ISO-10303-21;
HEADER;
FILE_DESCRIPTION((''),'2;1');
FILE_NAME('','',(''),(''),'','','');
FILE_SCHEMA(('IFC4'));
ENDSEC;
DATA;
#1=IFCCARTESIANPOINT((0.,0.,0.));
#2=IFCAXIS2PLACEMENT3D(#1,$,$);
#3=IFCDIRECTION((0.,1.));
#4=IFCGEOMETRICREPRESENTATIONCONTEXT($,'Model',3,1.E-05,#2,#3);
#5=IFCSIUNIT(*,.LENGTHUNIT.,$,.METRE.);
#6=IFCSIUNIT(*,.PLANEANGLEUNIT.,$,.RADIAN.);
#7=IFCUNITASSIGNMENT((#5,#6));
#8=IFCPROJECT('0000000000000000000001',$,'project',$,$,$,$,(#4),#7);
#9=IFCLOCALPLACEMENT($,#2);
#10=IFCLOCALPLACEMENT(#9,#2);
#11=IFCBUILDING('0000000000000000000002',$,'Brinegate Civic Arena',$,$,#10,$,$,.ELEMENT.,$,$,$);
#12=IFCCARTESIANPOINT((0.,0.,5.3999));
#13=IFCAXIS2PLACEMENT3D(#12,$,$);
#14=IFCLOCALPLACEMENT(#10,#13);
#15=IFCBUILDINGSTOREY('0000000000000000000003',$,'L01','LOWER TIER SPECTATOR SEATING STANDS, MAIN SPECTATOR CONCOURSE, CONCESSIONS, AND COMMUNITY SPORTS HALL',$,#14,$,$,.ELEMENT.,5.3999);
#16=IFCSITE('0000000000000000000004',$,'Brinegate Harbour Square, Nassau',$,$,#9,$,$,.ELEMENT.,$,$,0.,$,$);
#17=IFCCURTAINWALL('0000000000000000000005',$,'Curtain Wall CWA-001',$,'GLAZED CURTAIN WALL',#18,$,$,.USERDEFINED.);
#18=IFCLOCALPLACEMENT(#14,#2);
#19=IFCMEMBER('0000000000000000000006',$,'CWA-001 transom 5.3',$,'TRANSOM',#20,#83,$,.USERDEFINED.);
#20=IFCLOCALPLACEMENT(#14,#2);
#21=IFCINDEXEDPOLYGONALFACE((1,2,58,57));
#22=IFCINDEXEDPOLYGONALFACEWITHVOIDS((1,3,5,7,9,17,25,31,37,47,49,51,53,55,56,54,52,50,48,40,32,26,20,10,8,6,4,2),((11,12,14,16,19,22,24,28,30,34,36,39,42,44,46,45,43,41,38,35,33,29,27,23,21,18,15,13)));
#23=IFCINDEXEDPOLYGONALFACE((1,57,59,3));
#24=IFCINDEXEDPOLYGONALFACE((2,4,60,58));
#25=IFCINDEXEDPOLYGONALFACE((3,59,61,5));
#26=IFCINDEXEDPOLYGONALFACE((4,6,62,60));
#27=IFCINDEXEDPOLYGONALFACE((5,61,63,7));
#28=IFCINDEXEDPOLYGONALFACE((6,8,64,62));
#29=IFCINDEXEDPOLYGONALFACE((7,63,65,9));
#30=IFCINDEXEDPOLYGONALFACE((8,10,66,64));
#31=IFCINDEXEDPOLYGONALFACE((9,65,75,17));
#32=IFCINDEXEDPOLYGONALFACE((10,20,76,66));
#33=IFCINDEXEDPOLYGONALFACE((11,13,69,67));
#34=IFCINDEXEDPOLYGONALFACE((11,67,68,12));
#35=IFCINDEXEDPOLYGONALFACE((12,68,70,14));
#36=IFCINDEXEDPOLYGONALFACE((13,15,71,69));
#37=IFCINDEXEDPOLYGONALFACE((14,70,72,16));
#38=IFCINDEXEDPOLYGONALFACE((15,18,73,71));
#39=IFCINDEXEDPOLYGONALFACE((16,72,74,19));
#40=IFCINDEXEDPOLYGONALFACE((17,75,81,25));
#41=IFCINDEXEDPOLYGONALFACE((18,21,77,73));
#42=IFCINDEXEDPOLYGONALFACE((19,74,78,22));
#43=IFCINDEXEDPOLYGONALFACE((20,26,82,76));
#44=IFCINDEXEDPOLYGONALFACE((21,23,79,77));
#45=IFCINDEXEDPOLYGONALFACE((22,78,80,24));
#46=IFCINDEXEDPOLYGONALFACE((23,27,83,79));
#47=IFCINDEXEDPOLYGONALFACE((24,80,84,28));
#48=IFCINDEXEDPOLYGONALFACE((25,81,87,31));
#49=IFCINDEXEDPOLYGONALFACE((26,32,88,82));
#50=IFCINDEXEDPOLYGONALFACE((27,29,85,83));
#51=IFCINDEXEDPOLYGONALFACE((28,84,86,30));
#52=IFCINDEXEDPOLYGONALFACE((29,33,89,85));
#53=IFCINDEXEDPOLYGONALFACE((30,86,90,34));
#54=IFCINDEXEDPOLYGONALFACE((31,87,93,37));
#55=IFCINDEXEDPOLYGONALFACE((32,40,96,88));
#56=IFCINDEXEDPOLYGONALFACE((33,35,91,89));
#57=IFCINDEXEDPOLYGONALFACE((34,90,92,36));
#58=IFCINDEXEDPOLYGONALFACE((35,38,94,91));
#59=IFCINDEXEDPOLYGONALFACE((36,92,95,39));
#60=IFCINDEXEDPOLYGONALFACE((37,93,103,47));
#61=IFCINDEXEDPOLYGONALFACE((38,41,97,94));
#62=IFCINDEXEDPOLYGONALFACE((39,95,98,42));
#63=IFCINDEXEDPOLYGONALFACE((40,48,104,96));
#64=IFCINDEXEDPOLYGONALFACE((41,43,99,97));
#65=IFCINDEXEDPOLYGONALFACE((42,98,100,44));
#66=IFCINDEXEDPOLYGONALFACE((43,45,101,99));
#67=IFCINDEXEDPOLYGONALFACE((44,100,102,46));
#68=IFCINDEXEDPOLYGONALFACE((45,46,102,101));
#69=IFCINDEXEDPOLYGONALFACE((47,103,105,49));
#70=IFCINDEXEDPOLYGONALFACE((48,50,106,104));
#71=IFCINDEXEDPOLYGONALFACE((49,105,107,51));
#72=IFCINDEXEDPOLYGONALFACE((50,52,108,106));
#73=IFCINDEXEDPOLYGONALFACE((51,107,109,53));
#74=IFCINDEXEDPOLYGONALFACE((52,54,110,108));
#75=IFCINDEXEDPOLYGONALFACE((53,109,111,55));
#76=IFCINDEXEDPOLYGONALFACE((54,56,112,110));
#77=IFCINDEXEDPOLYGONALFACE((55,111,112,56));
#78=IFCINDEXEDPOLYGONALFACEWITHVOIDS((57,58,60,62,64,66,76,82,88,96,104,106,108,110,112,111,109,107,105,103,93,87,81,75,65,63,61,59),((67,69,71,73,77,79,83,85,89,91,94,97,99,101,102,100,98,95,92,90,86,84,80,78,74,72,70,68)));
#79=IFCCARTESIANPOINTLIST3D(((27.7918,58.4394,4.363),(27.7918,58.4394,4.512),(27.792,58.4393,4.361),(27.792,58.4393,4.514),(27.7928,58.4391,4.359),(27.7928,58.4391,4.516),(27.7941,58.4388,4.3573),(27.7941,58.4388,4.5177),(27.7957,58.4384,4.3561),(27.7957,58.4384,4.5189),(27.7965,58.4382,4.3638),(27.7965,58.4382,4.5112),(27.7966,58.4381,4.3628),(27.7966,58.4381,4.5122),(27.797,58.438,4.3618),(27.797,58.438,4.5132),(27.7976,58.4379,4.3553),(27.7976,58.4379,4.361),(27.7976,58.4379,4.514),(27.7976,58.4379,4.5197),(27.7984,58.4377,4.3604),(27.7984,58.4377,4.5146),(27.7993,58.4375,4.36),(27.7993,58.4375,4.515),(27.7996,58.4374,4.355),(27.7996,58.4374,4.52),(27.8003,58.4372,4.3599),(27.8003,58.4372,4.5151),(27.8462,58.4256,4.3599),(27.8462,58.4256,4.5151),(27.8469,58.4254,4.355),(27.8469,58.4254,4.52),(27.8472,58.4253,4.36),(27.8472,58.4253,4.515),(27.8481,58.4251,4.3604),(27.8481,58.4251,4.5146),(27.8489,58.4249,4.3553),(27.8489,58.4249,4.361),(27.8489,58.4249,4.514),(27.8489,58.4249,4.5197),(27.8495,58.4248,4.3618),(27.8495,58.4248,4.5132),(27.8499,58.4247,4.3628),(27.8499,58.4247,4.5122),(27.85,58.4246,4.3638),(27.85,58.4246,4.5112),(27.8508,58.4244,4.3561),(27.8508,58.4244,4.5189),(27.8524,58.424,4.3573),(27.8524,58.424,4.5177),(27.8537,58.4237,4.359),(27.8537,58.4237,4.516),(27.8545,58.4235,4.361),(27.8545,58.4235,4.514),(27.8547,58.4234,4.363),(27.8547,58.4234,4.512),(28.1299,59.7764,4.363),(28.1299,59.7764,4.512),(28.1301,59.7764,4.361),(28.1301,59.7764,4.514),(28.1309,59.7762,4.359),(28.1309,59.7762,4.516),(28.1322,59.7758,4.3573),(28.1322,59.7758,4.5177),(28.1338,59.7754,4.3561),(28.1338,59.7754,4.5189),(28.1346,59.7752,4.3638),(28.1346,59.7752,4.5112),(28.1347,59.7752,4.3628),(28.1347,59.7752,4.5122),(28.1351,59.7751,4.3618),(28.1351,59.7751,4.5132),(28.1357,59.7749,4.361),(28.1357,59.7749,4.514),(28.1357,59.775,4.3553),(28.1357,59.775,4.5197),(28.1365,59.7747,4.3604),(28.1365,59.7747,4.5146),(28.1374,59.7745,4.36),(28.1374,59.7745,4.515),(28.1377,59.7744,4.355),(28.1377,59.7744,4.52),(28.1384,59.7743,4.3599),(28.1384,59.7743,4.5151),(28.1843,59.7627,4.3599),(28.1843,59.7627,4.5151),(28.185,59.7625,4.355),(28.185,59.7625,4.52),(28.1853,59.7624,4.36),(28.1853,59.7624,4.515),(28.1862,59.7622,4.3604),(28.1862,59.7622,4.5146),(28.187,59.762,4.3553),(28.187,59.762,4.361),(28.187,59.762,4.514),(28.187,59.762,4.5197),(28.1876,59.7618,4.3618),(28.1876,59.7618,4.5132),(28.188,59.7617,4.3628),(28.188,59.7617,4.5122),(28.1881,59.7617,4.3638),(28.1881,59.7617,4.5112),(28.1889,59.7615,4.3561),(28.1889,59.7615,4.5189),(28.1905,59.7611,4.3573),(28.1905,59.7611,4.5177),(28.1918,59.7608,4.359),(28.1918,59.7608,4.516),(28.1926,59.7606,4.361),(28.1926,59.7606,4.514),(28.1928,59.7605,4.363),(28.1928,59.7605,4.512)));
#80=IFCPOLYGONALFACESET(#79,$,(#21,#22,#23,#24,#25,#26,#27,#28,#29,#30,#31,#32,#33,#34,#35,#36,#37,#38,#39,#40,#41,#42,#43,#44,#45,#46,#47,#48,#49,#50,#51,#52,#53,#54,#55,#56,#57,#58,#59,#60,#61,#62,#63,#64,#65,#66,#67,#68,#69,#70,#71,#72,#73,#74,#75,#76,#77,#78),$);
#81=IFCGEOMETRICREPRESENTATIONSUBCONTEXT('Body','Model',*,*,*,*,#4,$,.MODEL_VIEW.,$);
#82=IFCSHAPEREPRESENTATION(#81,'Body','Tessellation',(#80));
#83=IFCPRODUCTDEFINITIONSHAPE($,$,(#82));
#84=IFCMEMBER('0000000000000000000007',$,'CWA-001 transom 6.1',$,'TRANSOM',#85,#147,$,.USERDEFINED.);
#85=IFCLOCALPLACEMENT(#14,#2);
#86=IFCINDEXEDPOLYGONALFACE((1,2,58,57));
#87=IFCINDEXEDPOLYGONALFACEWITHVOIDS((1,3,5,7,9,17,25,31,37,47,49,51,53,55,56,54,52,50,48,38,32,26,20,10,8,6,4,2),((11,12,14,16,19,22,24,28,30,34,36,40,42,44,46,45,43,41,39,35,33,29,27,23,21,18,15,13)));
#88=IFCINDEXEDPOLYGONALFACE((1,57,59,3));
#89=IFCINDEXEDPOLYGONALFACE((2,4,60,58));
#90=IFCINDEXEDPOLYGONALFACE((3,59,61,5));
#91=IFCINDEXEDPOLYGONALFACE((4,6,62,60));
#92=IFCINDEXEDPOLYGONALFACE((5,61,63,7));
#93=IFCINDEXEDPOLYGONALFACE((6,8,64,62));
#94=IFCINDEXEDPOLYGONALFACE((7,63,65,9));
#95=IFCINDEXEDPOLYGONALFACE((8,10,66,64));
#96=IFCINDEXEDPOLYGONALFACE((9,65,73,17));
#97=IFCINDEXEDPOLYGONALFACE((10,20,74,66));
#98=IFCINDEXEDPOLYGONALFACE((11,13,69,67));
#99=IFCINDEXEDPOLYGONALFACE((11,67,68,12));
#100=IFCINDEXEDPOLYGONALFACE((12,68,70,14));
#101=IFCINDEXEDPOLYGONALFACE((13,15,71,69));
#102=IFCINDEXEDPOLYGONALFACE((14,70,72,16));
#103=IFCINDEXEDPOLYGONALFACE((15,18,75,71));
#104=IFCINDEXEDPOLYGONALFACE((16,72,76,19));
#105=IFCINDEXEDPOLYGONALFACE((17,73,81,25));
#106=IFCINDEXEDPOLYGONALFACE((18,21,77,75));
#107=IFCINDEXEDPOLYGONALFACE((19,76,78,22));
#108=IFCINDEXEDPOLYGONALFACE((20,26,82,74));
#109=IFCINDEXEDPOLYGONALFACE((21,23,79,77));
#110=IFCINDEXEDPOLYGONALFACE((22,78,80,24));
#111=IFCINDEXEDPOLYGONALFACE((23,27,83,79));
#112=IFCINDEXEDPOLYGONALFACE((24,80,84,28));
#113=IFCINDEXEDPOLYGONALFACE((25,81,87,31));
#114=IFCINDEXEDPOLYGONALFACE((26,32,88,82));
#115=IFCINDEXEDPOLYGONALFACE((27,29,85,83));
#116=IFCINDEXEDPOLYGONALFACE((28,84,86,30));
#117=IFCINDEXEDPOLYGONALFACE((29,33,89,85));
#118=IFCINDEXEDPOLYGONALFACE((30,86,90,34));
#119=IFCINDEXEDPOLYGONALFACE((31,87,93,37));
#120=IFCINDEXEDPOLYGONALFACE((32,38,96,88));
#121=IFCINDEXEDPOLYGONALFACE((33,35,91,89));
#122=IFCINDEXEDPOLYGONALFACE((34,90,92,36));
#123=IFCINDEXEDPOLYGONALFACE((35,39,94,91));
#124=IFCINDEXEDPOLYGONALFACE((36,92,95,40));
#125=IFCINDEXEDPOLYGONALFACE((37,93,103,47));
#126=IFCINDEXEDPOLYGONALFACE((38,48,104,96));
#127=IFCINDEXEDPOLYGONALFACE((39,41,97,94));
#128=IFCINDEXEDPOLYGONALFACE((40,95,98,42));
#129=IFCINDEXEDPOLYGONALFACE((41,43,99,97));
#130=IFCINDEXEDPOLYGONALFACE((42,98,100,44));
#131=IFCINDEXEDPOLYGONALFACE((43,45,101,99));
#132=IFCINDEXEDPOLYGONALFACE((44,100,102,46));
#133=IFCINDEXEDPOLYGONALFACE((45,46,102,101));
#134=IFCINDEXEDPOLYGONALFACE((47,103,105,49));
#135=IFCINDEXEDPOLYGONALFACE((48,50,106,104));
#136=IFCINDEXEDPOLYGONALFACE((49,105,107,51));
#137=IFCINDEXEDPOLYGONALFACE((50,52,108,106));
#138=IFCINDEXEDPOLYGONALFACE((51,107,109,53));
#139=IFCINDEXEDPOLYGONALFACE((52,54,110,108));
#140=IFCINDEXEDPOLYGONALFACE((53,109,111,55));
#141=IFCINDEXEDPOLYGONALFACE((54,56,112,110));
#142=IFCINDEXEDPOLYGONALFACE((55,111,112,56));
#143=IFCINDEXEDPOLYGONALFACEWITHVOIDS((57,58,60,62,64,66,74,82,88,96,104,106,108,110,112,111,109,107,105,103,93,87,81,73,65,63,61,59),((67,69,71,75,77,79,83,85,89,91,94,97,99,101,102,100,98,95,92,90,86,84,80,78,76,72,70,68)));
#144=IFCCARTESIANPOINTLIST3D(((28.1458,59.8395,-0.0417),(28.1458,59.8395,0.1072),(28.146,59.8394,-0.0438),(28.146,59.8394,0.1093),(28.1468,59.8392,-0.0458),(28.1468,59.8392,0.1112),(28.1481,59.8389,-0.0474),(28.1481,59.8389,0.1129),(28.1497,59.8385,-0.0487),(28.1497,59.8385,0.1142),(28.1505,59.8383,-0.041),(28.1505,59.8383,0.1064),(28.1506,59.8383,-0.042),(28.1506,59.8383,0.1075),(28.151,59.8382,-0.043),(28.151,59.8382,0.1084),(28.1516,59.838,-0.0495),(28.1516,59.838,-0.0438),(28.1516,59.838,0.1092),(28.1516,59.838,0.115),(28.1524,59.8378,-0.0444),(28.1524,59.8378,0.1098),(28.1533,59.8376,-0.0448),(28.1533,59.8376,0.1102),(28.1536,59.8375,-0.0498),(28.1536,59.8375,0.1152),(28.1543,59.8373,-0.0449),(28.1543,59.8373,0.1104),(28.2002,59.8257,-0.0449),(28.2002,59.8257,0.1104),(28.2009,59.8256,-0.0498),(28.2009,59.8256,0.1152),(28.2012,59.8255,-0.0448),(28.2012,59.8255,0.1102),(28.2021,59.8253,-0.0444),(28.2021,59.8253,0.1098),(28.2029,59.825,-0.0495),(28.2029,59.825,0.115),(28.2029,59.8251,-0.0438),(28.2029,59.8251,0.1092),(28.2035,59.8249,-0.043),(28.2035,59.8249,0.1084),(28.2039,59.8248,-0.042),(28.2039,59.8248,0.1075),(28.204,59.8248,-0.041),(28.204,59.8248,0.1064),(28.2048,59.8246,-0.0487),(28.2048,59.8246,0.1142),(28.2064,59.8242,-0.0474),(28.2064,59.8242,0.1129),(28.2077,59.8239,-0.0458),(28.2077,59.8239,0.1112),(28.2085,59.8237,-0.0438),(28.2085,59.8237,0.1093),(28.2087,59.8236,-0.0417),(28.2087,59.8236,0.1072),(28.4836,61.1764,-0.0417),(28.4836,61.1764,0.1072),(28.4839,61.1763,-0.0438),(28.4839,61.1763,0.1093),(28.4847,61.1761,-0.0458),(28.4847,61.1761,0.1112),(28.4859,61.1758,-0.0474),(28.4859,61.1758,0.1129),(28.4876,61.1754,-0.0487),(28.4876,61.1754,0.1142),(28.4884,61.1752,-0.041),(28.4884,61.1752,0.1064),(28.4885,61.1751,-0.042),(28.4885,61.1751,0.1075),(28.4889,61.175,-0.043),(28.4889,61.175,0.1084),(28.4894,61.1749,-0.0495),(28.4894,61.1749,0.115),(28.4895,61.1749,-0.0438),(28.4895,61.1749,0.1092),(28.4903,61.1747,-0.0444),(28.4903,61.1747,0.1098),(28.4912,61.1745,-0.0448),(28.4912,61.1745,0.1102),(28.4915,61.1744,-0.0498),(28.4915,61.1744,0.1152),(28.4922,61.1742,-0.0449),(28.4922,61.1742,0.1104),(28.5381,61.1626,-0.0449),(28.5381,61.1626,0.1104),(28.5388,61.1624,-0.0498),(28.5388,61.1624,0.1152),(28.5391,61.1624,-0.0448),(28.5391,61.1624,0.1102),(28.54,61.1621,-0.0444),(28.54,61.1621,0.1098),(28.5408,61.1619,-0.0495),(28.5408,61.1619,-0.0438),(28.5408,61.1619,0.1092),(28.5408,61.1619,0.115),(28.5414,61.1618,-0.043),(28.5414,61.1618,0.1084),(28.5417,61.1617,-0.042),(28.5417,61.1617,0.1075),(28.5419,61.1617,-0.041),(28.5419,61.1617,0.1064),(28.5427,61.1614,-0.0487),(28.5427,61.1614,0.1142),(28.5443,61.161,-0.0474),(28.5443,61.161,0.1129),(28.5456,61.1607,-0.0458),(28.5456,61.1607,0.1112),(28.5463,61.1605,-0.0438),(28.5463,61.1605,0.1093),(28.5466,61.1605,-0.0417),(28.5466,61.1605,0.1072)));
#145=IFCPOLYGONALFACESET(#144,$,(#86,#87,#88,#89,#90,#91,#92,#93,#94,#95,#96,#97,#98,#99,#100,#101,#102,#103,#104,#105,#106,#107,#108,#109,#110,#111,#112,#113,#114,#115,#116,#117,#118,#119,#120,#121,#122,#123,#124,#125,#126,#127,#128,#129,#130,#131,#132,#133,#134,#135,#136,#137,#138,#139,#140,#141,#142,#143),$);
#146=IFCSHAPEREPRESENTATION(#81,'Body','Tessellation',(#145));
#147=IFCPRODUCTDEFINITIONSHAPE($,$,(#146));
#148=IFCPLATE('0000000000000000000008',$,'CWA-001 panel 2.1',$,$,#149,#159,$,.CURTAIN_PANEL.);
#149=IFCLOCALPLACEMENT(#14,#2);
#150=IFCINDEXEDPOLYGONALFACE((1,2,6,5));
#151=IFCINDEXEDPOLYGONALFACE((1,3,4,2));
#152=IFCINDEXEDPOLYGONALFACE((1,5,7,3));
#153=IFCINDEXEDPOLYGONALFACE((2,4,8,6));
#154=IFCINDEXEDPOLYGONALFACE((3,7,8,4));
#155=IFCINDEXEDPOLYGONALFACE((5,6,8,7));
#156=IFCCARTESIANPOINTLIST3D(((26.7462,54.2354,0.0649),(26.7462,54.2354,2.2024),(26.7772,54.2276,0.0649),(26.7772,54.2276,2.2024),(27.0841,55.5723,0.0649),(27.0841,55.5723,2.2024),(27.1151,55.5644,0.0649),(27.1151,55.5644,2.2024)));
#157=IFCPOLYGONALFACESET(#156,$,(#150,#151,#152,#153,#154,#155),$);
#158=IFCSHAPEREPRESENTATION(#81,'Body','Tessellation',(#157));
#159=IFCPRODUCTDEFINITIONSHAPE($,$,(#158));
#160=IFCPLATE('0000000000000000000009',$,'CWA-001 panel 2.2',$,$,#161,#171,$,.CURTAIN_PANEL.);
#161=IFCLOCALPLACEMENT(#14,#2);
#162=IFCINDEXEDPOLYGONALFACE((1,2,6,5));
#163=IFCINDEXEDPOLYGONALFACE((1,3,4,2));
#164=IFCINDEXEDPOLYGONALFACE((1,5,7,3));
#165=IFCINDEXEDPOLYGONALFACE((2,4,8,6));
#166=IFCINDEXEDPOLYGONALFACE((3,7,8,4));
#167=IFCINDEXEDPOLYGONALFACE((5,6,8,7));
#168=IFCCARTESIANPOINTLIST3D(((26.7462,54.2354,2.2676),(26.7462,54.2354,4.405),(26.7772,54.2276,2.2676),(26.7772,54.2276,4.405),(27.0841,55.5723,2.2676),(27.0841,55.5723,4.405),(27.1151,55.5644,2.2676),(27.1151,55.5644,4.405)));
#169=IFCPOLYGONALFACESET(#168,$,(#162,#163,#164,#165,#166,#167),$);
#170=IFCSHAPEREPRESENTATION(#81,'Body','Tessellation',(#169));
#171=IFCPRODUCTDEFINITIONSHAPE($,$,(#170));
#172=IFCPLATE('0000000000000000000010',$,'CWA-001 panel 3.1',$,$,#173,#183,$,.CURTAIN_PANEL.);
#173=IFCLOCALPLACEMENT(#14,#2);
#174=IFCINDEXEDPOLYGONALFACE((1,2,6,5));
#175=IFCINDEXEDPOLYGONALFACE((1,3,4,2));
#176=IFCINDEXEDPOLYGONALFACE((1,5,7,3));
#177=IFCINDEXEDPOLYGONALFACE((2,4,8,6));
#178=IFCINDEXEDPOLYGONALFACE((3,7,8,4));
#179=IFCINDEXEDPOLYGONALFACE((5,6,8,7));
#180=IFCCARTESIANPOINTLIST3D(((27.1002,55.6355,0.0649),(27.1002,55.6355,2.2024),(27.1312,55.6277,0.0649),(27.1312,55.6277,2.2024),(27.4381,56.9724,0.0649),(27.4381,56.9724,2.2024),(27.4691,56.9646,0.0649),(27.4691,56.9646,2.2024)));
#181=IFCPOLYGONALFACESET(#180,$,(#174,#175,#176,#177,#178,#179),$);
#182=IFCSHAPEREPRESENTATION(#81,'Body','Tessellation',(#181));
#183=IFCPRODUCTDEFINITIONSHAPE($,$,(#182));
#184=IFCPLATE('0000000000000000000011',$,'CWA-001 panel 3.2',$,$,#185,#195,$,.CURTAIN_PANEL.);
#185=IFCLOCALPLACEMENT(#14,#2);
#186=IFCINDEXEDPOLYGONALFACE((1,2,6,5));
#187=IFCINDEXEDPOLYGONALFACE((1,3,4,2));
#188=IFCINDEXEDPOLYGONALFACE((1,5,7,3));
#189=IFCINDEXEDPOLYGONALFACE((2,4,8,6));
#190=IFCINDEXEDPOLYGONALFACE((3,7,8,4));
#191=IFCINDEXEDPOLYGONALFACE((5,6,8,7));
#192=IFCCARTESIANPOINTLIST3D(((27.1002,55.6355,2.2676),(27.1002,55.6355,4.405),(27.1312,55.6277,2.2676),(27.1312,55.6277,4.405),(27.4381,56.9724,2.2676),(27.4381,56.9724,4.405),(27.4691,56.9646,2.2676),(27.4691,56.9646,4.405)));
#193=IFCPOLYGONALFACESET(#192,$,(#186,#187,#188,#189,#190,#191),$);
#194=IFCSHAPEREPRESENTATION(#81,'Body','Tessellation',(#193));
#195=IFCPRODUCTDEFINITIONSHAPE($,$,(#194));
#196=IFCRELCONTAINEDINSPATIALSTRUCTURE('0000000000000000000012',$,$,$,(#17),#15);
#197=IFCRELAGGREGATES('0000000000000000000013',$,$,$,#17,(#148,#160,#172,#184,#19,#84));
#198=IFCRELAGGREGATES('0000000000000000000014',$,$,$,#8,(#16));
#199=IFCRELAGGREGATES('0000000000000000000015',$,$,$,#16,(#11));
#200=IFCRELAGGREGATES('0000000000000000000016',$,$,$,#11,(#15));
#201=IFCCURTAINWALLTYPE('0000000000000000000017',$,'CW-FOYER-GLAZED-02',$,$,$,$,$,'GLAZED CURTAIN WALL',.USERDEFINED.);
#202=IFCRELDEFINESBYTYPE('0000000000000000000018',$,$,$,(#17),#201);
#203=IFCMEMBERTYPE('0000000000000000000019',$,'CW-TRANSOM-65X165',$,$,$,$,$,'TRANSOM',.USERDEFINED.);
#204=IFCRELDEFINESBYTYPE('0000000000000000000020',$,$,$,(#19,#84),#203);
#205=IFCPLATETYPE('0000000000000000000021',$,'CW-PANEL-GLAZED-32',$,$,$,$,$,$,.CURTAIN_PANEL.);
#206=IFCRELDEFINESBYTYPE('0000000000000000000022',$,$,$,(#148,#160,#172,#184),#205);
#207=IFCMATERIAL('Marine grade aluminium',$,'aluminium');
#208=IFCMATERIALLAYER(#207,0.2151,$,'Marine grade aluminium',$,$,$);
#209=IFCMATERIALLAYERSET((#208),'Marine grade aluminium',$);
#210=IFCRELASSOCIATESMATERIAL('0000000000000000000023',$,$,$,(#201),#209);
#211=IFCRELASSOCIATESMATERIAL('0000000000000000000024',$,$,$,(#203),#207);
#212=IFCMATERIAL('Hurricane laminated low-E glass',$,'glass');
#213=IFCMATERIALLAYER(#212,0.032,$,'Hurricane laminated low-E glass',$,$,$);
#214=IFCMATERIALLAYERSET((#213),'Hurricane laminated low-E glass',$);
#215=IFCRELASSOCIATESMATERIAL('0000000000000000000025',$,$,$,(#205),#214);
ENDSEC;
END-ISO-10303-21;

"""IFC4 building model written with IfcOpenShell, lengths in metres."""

from ifc_helpers import new_model, si_unit, direction, frame, origin, origin_2d, place, context, subcontext, project, spatial, rectangle, hollow_rectangle, extrude, material, layer, layer_set, material_profile, profile_set, type_object, element, aggregate, save


model = new_model("IFC4")

# Units and contexts
model_context = context("Model", 3, precision=1e-05, world=origin(), true_north=direction((0.0, 1.0)))
body_context = subcontext(model_context, "Body", "Model", "MODEL_VIEW")
ifc_project = project(units=[si_unit("LENGTHUNIT", "METRE"), si_unit("PLANEANGLEUNIT", "RADIAN")], contexts=[model_context])

# Site, building, storey
site_placement = place(None, origin())
site = spatial("IfcSite", under=ifc_project, at=site_placement, Name="Brinegate Harbour Square, Nassau", CompositionType="ELEMENT", RefElevation=0.0)
building_placement = place(site_placement, origin())
building = spatial("IfcBuilding", under=site, at=building_placement, Name="Brinegate Civic Arena", CompositionType="ELEMENT")
storey_placement = place(building_placement, frame((0.0, 0.0, 5.3999)))
storey = spatial("IfcBuildingStorey", under=building, at=storey_placement, Name="L01", Description="LOWER TIER SPECTATOR SEATING STANDS, MAIN SPECTATOR CONCOURSE, CONCESSIONS, AND COMMUNITY SPORTS HALL", CompositionType="ELEMENT", Elevation=5.3999)

# Curtain wall, members, plates
ifc_material_1 = material(Name="Marine grade aluminium", Category="aluminium")
ifc_layer_1 = layer(ifc_material_1, 0.2151, Name="Marine grade aluminium")
ifc_layer_set_1 = layer_set([ifc_layer_1], Name="Marine grade aluminium")
curtain_wall_type = type_object("IfcCurtainWallType", Name="CW-FOYER-GLAZED-02", ElementType="GLAZED CURTAIN WALL", PredefinedType="USERDEFINED", material=ifc_layer_set_1)
curtain_wall_placement = place(storey_placement, origin())
curtain_wall = element("IfcCurtainWall", 1, at=curtain_wall_placement, inside=storey, type_object=curtain_wall_type, Name="Curtain Wall CWA-001", ObjectType="GLAZED CURTAIN WALL", PredefinedType="USERDEFINED")
ifc_material_profile_1 = material_profile(ifc_material_1, hollow_rectangle(XDim=0.0649, YDim=0.165, WallThickness=0.0049, InnerFilletRadius=0.0039, OuterFilletRadius=0.0081, at=origin_2d()), Name="TRN65X165")
ifc_profile_set_1 = profile_set([ifc_material_profile_1], Name="Marine grade aluminium")
member_type_1 = type_object("IfcMemberType", Name="CW-TRANSOM-65X165", ElementType="TRANSOM", PredefinedType="USERDEFINED", material=ifc_profile_set_1)
member_1_placement = place(storey_placement, frame((27.8232, 58.4314, 4.4375), z_axis=(0.245159, 0.969483, 0.0), x_axis=(-0.969483, 0.245159, 0.0)))
member_1 = element("IfcMember", 2, at=member_1_placement, type_object=member_type_1, Name="CWA-001 transom 5.3", ObjectType="TRANSOM", PredefinedType="USERDEFINED", context=body_context, shape_type="SweptSolid", body=[
    extrude(hollow_rectangle(XDim=0.0649, YDim=0.165, WallThickness=0.0049, InnerFilletRadius=0.0039, OuterFilletRadius=0.0081, at=origin_2d()), origin(), (0.0, 0.0, 1.0), 1.3792),
])
member_2_placement = place(storey_placement, frame((28.1772, 59.8315, 0.0327), z_axis=(0.245034, 0.969514, 0.0), x_axis=(-0.969514, 0.245034, 0.0)))
member_2 = element("IfcMember", 3, at=member_2_placement, type_object=member_type_1, Name="CWA-001 transom 6.1", ObjectType="TRANSOM", PredefinedType="USERDEFINED", context=body_context, shape_type="SweptSolid", body=[
    extrude(hollow_rectangle(XDim=0.0649, YDim=0.165, WallThickness=0.0049, InnerFilletRadius=0.0039, OuterFilletRadius=0.0081, at=origin_2d()), origin(), (0.0, 0.0, 1.0), 1.3789),
])
ifc_material_2 = material(Name="Hurricane laminated low-E glass", Category="glass")
ifc_layer_2 = layer(ifc_material_2, 0.032, Name="Hurricane laminated low-E glass")
ifc_layer_set_2 = layer_set([ifc_layer_2], Name="Hurricane laminated low-E glass")
plate_type = type_object("IfcPlateType", Name="CW-PANEL-GLAZED-32", PredefinedType="CURTAIN_PANEL", material=ifc_layer_set_2)
plate_1_placement = place(storey_placement, frame((26.9307, 54.8999, 0.0649), z_axis=(0.0, 0.0, 1.0), x_axis=(0.245042, 0.969513, 0.0)))
plate_1 = element("IfcPlate", 4, at=plate_1_placement, type_object=plate_type, Name="CWA-001 panel 2.1", PredefinedType="CURTAIN_PANEL", context=body_context, shape_type="SweptSolid", body=[
    extrude(rectangle(XDim=1.3789, YDim=0.032, at=origin_2d()), origin(), (0.0, 0.0, 1.0), 2.1375),
])
plate_2_placement = place(storey_placement, frame((26.9307, 54.8999, 2.2676), z_axis=(0.0, 0.0, 1.0), x_axis=(0.245042, 0.969513, 0.0)))
plate_2 = element("IfcPlate", 5, at=plate_2_placement, type_object=plate_type, Name="CWA-001 panel 2.2", PredefinedType="CURTAIN_PANEL", context=body_context, shape_type="SweptSolid", body=[
    extrude(rectangle(XDim=1.3789, YDim=0.032, at=origin_2d()), origin(), (0.0, 0.0, 1.0), 2.1375),
])
plate_3_placement = place(storey_placement, frame((27.2847, 56.3, 0.0649), z_axis=(0.0, 0.0, 1.0), x_axis=(0.245042, 0.969513, 0.0)))
plate_3 = element("IfcPlate", 6, at=plate_3_placement, type_object=plate_type, Name="CWA-001 panel 3.1", PredefinedType="CURTAIN_PANEL", context=body_context, shape_type="SweptSolid", body=[
    extrude(rectangle(XDim=1.3789, YDim=0.032, at=origin_2d()), origin(), (0.0, 0.0, 1.0), 2.1375),
])
plate_4_placement = place(storey_placement, frame((27.2847, 56.3, 2.2676), z_axis=(0.0, 0.0, 1.0), x_axis=(0.245042, 0.969513, 0.0)))
plate_4 = element("IfcPlate", 7, at=plate_4_placement, type_object=plate_type, Name="CWA-001 panel 3.2", PredefinedType="CURTAIN_PANEL", context=body_context, shape_type="SweptSolid", body=[
    extrude(rectangle(XDim=1.3789, YDim=0.032, at=origin_2d()), origin(), (0.0, 0.0, 1.0), 2.1375),
])
aggregate(curtain_wall, [plate_1, plate_2, plate_3, plate_4, member_1, member_2])

save(model, "model.ifc")
